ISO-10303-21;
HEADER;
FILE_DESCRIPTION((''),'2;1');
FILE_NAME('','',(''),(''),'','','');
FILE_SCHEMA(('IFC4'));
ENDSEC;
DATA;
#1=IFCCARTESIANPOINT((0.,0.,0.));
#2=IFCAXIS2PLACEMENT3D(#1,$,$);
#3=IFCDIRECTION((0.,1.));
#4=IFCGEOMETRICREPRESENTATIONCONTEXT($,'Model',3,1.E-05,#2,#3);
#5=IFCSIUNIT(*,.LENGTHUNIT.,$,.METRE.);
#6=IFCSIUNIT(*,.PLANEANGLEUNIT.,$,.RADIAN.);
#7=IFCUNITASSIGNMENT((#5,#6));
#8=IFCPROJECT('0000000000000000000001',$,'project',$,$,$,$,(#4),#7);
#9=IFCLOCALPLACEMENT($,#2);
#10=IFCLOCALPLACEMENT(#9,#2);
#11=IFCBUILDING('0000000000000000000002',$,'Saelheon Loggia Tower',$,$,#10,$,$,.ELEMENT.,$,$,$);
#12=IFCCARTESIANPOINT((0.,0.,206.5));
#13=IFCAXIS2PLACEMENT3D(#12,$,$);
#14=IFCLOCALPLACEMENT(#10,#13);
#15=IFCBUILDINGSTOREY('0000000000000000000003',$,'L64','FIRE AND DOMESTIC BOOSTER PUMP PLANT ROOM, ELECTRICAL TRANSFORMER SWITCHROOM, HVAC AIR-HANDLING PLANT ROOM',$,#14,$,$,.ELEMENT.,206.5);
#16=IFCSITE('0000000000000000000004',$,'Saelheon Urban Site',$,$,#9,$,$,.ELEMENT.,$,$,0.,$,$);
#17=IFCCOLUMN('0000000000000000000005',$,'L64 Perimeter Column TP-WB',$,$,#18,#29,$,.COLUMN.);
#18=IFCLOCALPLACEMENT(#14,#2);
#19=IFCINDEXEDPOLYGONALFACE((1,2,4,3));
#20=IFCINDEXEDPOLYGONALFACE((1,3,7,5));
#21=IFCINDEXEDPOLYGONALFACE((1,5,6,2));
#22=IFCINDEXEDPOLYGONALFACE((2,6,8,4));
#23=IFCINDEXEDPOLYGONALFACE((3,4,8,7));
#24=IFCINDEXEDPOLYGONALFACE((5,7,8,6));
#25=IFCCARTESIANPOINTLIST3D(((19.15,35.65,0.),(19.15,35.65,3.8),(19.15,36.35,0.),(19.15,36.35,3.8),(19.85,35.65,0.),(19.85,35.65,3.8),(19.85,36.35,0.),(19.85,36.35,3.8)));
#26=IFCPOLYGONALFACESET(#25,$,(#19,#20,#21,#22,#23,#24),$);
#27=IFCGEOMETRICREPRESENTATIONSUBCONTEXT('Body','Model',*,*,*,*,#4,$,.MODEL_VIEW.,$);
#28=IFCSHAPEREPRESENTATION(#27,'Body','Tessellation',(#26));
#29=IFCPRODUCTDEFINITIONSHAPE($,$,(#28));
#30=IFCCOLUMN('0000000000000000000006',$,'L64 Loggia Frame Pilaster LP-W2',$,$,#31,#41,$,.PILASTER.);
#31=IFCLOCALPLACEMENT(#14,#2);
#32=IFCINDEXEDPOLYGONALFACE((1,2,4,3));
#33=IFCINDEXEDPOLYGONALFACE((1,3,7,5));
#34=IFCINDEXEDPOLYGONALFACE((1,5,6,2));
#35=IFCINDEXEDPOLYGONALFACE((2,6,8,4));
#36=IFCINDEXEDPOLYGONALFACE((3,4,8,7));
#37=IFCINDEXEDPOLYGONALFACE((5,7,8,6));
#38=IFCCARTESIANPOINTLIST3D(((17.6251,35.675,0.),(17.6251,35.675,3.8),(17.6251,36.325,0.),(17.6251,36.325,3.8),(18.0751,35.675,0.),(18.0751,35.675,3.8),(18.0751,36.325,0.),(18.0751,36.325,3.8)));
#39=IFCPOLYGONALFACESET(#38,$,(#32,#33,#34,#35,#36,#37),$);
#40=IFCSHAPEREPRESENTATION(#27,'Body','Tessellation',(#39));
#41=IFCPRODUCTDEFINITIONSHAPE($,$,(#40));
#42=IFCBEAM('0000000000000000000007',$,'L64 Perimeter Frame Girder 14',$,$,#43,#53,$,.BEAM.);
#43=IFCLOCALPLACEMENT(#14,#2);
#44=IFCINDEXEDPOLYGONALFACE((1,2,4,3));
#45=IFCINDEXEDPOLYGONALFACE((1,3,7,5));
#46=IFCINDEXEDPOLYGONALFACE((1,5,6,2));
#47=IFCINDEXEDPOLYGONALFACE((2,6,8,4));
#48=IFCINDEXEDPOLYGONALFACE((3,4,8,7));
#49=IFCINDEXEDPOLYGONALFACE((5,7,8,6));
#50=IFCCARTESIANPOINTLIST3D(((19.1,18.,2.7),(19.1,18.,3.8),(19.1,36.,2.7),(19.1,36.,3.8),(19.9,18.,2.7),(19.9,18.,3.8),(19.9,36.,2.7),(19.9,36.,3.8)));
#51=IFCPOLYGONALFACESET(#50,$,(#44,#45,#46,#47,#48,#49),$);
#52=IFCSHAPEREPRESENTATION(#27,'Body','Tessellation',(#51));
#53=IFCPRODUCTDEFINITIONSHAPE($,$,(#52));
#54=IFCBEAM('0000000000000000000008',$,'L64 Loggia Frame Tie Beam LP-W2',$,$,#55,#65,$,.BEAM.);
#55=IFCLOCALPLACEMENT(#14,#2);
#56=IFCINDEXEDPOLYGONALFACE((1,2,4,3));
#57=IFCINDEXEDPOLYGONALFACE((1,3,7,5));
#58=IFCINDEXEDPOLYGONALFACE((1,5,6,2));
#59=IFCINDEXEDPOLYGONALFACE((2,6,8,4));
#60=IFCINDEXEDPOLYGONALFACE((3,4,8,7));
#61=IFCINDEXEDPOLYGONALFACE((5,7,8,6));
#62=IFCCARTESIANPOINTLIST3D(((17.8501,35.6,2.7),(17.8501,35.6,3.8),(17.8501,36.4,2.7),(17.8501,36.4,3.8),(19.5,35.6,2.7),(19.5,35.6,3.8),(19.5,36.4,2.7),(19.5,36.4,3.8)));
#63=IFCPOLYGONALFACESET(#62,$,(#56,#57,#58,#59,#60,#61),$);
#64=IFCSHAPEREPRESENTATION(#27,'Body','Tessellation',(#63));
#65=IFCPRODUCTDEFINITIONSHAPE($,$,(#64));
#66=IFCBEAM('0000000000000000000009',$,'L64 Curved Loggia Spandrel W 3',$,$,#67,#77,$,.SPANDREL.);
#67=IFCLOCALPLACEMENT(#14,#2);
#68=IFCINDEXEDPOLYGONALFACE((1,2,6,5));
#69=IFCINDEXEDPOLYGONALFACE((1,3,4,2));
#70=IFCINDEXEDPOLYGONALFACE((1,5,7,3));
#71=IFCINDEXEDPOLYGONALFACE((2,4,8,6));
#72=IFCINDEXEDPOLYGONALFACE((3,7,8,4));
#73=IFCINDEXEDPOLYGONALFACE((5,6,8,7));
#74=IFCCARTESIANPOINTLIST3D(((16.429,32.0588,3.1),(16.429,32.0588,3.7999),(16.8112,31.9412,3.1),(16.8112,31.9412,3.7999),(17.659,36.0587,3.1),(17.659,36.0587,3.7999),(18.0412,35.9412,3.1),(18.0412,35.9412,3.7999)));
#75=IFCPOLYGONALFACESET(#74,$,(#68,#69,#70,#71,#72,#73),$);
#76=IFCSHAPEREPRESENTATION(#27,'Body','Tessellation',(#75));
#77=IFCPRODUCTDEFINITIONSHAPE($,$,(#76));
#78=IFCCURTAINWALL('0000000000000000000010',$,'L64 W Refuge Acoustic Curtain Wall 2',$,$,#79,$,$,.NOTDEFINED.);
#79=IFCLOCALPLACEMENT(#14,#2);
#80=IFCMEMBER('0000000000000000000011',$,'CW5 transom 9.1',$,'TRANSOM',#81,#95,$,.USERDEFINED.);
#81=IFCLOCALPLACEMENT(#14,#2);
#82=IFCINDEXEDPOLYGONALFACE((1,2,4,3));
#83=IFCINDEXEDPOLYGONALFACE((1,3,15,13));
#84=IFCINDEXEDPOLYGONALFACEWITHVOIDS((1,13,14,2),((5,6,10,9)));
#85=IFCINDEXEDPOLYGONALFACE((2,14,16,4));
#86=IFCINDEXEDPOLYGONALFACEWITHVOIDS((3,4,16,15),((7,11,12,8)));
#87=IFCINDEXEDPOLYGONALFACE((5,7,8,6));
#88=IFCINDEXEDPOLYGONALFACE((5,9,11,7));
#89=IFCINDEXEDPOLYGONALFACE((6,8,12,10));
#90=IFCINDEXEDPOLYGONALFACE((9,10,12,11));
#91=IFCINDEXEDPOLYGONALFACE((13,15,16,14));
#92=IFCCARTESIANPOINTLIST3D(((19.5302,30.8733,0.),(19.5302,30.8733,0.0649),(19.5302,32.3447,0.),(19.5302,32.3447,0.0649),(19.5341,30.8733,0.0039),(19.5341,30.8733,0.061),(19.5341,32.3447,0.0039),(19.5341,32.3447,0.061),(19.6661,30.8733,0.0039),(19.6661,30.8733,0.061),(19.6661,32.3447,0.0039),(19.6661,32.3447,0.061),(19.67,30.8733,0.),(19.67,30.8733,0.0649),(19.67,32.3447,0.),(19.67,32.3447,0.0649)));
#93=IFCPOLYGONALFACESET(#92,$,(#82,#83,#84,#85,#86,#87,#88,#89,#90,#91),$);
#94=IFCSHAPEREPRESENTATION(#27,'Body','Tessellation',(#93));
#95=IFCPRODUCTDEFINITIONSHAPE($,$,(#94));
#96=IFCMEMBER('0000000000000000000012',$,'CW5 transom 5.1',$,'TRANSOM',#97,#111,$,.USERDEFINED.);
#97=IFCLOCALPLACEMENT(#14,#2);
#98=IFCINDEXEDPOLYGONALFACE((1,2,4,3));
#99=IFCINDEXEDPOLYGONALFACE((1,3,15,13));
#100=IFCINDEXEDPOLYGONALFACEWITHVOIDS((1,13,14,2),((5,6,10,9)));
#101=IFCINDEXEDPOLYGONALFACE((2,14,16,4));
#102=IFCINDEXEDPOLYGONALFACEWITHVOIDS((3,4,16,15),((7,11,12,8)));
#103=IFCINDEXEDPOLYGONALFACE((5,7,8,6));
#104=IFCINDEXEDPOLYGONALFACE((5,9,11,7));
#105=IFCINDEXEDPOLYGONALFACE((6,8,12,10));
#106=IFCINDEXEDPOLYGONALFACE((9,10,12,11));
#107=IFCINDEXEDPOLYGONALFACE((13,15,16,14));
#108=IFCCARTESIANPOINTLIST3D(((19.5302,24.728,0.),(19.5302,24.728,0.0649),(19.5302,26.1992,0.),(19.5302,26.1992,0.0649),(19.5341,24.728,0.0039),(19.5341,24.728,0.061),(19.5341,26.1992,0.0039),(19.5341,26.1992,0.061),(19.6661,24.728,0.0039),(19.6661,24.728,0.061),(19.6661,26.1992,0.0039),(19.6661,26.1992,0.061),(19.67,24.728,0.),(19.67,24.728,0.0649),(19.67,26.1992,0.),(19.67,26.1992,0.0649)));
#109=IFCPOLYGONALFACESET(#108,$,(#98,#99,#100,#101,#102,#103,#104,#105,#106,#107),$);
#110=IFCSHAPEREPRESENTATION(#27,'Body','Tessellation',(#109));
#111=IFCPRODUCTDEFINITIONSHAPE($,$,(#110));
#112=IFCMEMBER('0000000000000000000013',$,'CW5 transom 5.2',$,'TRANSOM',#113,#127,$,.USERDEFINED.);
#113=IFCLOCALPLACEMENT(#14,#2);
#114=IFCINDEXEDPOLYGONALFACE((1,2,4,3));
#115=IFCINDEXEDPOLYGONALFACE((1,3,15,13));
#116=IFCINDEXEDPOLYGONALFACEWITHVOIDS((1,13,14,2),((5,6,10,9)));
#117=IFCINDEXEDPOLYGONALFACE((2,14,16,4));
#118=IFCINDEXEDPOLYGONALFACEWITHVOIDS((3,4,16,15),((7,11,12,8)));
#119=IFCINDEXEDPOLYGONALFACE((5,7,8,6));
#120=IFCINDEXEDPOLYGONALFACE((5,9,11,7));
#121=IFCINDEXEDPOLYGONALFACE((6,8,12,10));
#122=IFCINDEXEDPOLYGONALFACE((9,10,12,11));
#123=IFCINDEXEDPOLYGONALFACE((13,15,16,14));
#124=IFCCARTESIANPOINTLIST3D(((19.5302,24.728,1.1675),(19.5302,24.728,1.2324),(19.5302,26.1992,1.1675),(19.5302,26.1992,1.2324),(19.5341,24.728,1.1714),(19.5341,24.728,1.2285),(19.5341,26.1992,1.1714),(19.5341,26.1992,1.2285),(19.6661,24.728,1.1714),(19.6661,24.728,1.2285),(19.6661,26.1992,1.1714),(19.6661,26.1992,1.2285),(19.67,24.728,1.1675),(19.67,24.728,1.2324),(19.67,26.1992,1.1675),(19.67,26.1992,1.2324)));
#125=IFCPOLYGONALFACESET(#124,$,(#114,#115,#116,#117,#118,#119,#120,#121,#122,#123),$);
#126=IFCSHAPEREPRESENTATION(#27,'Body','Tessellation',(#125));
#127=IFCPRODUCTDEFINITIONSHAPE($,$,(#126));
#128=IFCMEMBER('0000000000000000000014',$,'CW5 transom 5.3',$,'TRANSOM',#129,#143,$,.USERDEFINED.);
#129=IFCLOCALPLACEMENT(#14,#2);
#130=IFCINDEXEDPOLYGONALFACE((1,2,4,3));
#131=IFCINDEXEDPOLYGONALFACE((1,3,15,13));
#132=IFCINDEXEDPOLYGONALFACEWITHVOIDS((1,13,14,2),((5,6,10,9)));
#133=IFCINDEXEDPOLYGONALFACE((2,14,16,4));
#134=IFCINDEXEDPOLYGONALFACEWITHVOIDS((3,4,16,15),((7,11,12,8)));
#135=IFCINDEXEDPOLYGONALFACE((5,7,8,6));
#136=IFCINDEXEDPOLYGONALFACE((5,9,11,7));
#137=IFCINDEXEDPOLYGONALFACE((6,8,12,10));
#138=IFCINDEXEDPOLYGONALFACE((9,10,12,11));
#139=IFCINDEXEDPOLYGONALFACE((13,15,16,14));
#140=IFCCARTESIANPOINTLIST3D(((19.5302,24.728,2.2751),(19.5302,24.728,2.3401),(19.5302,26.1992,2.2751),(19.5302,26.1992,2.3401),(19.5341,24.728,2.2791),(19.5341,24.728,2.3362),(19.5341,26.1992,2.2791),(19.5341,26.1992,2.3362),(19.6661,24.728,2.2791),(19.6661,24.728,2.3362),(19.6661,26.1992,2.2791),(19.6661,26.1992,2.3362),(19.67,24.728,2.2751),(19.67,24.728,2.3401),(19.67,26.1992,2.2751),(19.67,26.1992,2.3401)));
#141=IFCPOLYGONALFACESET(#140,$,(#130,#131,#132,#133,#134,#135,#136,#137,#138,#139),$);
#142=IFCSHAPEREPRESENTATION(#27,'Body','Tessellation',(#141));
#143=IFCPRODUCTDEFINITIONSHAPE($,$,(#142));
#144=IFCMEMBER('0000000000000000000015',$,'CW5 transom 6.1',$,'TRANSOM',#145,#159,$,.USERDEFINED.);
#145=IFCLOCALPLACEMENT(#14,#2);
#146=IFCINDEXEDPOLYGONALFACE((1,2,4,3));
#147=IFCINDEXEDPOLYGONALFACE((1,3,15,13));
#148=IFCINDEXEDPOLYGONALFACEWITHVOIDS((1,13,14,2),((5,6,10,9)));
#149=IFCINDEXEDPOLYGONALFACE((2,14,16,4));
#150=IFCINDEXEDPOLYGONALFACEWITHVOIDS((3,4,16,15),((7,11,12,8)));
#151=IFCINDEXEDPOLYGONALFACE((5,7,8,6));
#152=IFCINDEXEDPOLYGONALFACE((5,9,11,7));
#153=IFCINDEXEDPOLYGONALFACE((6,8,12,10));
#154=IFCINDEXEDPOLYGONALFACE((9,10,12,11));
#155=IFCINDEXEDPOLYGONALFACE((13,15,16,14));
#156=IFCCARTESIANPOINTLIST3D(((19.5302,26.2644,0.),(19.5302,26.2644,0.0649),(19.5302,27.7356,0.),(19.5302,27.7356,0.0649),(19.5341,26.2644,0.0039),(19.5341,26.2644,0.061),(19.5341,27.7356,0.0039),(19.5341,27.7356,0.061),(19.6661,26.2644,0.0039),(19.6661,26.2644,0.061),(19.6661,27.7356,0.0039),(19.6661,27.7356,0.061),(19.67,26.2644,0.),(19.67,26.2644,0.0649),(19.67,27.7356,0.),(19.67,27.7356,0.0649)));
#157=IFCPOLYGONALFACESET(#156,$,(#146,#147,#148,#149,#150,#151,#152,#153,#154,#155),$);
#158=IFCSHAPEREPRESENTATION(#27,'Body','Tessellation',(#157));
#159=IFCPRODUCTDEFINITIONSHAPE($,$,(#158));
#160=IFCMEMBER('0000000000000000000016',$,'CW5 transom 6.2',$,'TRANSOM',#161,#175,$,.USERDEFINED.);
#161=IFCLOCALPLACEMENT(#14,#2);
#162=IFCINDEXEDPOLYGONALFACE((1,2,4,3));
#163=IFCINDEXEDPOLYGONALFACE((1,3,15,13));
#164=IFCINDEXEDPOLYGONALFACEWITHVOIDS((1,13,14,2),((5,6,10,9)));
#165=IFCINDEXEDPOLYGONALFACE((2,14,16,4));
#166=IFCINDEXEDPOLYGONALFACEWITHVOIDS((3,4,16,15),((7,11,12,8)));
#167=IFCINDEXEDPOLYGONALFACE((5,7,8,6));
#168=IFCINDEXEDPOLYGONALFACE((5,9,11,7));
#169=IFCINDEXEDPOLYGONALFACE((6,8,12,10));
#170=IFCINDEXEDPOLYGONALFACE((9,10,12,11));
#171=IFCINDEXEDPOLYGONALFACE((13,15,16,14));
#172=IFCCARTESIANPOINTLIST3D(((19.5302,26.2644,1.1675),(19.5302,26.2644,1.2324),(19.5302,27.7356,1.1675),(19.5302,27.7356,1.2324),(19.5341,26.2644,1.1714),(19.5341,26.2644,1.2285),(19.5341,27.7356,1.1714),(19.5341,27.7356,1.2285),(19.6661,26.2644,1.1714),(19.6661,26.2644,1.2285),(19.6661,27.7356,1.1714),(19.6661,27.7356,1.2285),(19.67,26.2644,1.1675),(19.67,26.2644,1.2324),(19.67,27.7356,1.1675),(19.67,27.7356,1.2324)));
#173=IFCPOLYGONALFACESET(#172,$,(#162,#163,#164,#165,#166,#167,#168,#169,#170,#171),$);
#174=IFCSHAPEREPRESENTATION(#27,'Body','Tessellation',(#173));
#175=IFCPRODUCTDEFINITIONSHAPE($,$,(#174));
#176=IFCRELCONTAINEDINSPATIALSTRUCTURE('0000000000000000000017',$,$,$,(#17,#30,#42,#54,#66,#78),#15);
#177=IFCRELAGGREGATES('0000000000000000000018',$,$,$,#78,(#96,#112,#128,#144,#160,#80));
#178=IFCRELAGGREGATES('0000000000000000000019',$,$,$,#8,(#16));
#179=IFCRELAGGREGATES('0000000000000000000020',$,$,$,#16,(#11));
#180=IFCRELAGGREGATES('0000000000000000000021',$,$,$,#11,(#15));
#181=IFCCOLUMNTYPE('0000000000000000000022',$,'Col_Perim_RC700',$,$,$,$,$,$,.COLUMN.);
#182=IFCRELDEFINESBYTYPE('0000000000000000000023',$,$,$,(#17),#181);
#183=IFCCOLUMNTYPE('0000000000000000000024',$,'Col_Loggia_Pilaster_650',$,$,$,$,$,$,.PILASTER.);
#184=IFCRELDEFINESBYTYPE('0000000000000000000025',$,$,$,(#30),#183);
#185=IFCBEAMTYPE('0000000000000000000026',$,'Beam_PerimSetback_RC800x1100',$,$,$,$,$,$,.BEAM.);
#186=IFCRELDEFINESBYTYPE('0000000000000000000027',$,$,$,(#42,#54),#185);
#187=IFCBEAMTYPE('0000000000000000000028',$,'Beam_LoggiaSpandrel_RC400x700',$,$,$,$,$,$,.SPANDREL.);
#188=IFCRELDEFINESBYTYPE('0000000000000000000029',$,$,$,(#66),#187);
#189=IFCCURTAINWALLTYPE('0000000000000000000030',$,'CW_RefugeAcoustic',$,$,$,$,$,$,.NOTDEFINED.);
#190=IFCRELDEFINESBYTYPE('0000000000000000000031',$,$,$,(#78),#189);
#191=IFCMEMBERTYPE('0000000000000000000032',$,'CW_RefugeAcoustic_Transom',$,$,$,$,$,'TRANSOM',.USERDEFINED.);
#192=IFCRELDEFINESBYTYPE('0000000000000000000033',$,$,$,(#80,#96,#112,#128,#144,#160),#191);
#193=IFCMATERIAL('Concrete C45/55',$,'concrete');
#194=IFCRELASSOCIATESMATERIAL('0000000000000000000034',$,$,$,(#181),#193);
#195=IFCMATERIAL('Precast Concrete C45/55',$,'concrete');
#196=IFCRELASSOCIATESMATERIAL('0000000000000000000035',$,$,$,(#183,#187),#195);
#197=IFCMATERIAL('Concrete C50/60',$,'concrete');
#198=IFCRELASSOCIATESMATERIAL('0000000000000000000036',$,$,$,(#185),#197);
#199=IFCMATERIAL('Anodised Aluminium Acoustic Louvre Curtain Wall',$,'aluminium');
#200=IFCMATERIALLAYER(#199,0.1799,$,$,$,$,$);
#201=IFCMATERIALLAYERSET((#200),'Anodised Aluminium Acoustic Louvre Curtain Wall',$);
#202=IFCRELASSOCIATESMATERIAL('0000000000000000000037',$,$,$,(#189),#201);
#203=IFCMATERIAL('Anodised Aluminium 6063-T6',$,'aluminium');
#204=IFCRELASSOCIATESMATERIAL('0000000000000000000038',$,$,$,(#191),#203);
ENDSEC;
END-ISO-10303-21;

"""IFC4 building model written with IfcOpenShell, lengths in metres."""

from ifc_helpers import new_model, si_unit, direction, frame, origin, origin_2d, place, context, subcontext, project, spatial, rectangle, hollow_rectangle, extrude, source, transform, mapped, material, layer, layer_set, material_profile, profile_set, type_object, element, aggregate, save


model = new_model("IFC4")

# Units and contexts
model_context = context("Model", 3, precision=1e-05, world=origin(), true_north=direction((0.0, 1.0)))
body_context = subcontext(model_context, "Body", "Model", "MODEL_VIEW")
ifc_project = project(units=[si_unit("LENGTHUNIT", "METRE"), si_unit("PLANEANGLEUNIT", "RADIAN")], contexts=[model_context])

# Site, building, storey
site_placement = place(None, origin())
site = spatial("IfcSite", under=ifc_project, at=site_placement, Name="Saelheon Urban Site", CompositionType="ELEMENT", RefElevation=0.0)
building_placement = place(site_placement, origin())
building = spatial("IfcBuilding", under=site, at=building_placement, Name="Saelheon Loggia Tower", CompositionType="ELEMENT")
storey_placement = place(building_placement, frame((0.0, 0.0, 206.5)))
storey = spatial("IfcBuildingStorey", under=building, at=storey_placement, Name="L64", Description="FIRE AND DOMESTIC BOOSTER PUMP PLANT ROOM, ELECTRICAL TRANSFORMER SWITCHROOM, HVAC AIR-HANDLING PLANT ROOM", CompositionType="ELEMENT", Elevation=206.5)

# Columns
ifc_material_1 = material(Name="Concrete C45/55", Category="concrete")
ifc_material_profile_1 = material_profile(ifc_material_1, rectangle(XDim=0.7, YDim=0.7, at=origin_2d()), Name="RC-700x700")
ifc_profile_set_1 = profile_set([ifc_material_profile_1], Name="Concrete C45/55")
column_type_1 = type_object("IfcColumnType", Name="Col_Perim_RC700", PredefinedType="COLUMN", material=ifc_profile_set_1)
shared_shape_1 = source(origin(), body_context, "Body", "SweptSolid", [
    extrude(rectangle(XDim=0.7, YDim=0.7, at=origin_2d()), origin(), (0.0, 0.0, 1.0), 3.8),
])
column_1_placement = place(storey_placement, frame((19.5, 36.0, 0.0), z_axis=(0.0, 0.0, 1.0), x_axis=(1.0, 0.0, 0.0)))
element("IfcColumn", 1, at=column_1_placement, inside=storey, type_object=column_type_1, Name="L64 Perimeter Column TP-WB", PredefinedType="COLUMN", context=body_context, shape_type="MappedRepresentation", body=[
    mapped(shared_shape_1, transform((0.0, 0.0, 0.0), scale=1.0)),
])
ifc_material_2 = material(Name="Precast Concrete C45/55", Category="concrete")
ifc_material_profile_2 = material_profile(ifc_material_2, rectangle(XDim=0.45, YDim=0.6499, at=origin_2d()), Name="RC-450x650")
ifc_profile_set_2 = profile_set([ifc_material_profile_2], Name="Precast Concrete C45/55")
column_type_2 = type_object("IfcColumnType", Name="Col_Loggia_Pilaster_650", PredefinedType="PILASTER", material=ifc_profile_set_2)
shared_shape_2 = source(origin(), body_context, "Body", "SweptSolid", [
    extrude(rectangle(XDim=0.45, YDim=0.6499, at=origin_2d()), origin(), (0.0, 0.0, 1.0), 3.8),
])
column_2_placement = place(storey_placement, frame((17.8501, 36.0, 0.0), z_axis=(0.0, 0.0, 1.0), x_axis=(1.0, 0.0, 0.0)))
element("IfcColumn", 2, at=column_2_placement, inside=storey, type_object=column_type_2, Name="L64 Loggia Frame Pilaster LP-W2", PredefinedType="PILASTER", context=body_context, shape_type="MappedRepresentation", body=[
    mapped(shared_shape_2, transform((0.0, 0.0, 0.0), scale=1.0)),
])

# Beams
ifc_material_3 = material(Name="Concrete C50/60", Category="concrete")
ifc_material_profile_3 = material_profile(ifc_material_3, rectangle(XDim=0.8, YDim=1.1001, at=origin_2d()), Name="RC-800x1100")
ifc_profile_set_3 = profile_set([ifc_material_profile_3], Name="Concrete C50/60")
beam_type_1 = type_object("IfcBeamType", Name="Beam_PerimSetback_RC800x1100", PredefinedType="BEAM", material=ifc_profile_set_3)
shared_shape_3 = source(origin(), body_context, "Body", "SweptSolid", [
    extrude(rectangle(XDim=0.8, YDim=1.1001, at=origin_2d()), origin(), (0.0, 0.0, 1.0), 18.0),
])
beam_1_placement = place(storey_placement, frame((19.5, 36.0, 3.25), z_axis=(0.0, -1.0, 0.0), x_axis=(1.0, 0.0, 0.0)))
element("IfcBeam", 3, at=beam_1_placement, inside=storey, type_object=beam_type_1, Name="L64 Perimeter Frame Girder 14", PredefinedType="BEAM", context=body_context, shape_type="MappedRepresentation", body=[
    mapped(shared_shape_3, transform((0.0, 0.0, 0.0), scale=1.0)),
])
shared_shape_4 = source(origin(), body_context, "Body", "SweptSolid", [
    extrude(rectangle(XDim=0.8, YDim=1.1001, at=origin_2d()), origin(), (0.0, 0.0, 1.0), 1.6499),
])
beam_2_placement = place(storey_placement, frame((19.5, 36.0, 3.25), z_axis=(-1.0, 0.0, 0.0), x_axis=(0.0, -1.0, 0.0)))
element("IfcBeam", 4, at=beam_2_placement, inside=storey, type_object=beam_type_1, Name="L64 Loggia Frame Tie Beam LP-W2", PredefinedType="BEAM", context=body_context, shape_type="MappedRepresentation", body=[
    mapped(shared_shape_4, transform((0.0, 0.0, 0.0), scale=1.0)),
])
ifc_material_profile_4 = material_profile(ifc_material_2, rectangle(XDim=0.3999, YDim=0.7, at=origin_2d()), Name="RC-400x700")
ifc_profile_set_4 = profile_set([ifc_material_profile_4], Name="Precast Concrete C45/55")
beam_type_2 = type_object("IfcBeamType", Name="Beam_LoggiaSpandrel_RC400x700", PredefinedType="SPANDREL", material=ifc_profile_set_4)
shared_shape_5 = source(origin(), body_context, "Body", "SweptSolid", [
    extrude(rectangle(XDim=0.3999, YDim=0.7, at=origin_2d()), origin(), (0.0, 0.0, 1.0), 4.1848),
])
beam_3_placement = place(storey_placement, frame((16.6201, 32.0, 3.45), z_axis=(0.293914, 0.955832, 0.0), x_axis=(-0.955832, 0.293914, 0.0)))
element("IfcBeam", 5, at=beam_3_placement, inside=storey, type_object=beam_type_2, Name="L64 Curved Loggia Spandrel W 3", PredefinedType="SPANDREL", context=body_context, shape_type="MappedRepresentation", body=[
    mapped(shared_shape_5, transform((0.0, 0.0, 0.0), scale=1.0)),
])

# Curtain wall, members
ifc_material_4 = material(Name="Anodised Aluminium Acoustic Louvre Curtain Wall", Category="aluminium")
ifc_layer_1 = layer(ifc_material_4, 0.1799)
ifc_layer_set_1 = layer_set([ifc_layer_1], Name="Anodised Aluminium Acoustic Louvre Curtain Wall")
curtain_wall_type = type_object("IfcCurtainWallType", Name="CW_RefugeAcoustic", PredefinedType="NOTDEFINED", material=ifc_layer_set_1)
curtain_wall_placement = place(storey_placement, origin())
curtain_wall = element("IfcCurtainWall", 6, at=curtain_wall_placement, inside=storey, type_object=curtain_wall_type, Name="L64 W Refuge Acoustic Curtain Wall 2", PredefinedType="NOTDEFINED")
ifc_material_5 = material(Name="Anodised Aluminium 6063-T6", Category="aluminium")
ifc_material_profile_5 = material_profile(ifc_material_5, hollow_rectangle(XDim=0.0649, YDim=0.1399, WallThickness=0.0039, at=origin_2d()), Name="RHS-140x65x4")
ifc_profile_set_5 = profile_set([ifc_material_profile_5], Name="Anodised Aluminium 6063-T6")
member_type_1 = type_object("IfcMemberType", Name="CW_RefugeAcoustic_Transom", ElementType="TRANSOM", PredefinedType="USERDEFINED", material=ifc_profile_set_5)
shared_shape_6 = source(origin(), body_context, "Body", "SweptSolid", [
    extrude(hollow_rectangle(XDim=0.0649, YDim=0.1399, WallThickness=0.0039, at=origin_2d()), origin(), (0.0, 0.0, 1.0), 1.4714),
])
member_1_placement = place(storey_placement, frame((19.6001, 30.8733, 0.0325), z_axis=(0.0, 1.0, 0.0), x_axis=(0.0, 0.0, 1.0)))
member_1 = element("IfcMember", 7, at=member_1_placement, type_object=member_type_1, Name="CW5 transom 9.1", ObjectType="TRANSOM", PredefinedType="USERDEFINED", context=body_context, shape_type="MappedRepresentation", body=[
    mapped(shared_shape_6, transform((0.0, 0.0, 0.0), scale=1.0)),
])
shared_shape_7 = source(origin(), body_context, "Body", "SweptSolid", [
    extrude(hollow_rectangle(XDim=0.0649, YDim=0.1399, WallThickness=0.0039, at=origin_2d()), origin(), (0.0, 0.0, 1.0), 1.4712),
])
member_2_placement = place(storey_placement, frame((19.6001, 24.728, 0.0325), z_axis=(0.0, 1.0, 0.0), x_axis=(0.0, 0.0, 1.0)))
member_2 = element("IfcMember", 8, at=member_2_placement, type_object=member_type_1, Name="CW5 transom 5.1", ObjectType="TRANSOM", PredefinedType="USERDEFINED", context=body_context, shape_type="MappedRepresentation", body=[
    mapped(shared_shape_7, transform((0.0, 0.0, 0.0), scale=1.0)),
])
member_3_placement = place(storey_placement, frame((19.6001, 24.728, 1.2), z_axis=(0.0, 1.0, 0.0), x_axis=(0.0, 0.0, 1.0)))
member_3 = element("IfcMember", 9, at=member_3_placement, type_object=member_type_1, Name="CW5 transom 5.2", ObjectType="TRANSOM", PredefinedType="USERDEFINED", context=body_context, shape_type="MappedRepresentation", body=[
    mapped(shared_shape_7, transform((0.0, 0.0, 0.0), scale=1.0)),
])
member_4_placement = place(storey_placement, frame((19.6001, 24.728, 2.3076), z_axis=(0.0, 1.0, 0.0), x_axis=(0.0, 0.0, 1.0)))
member_4 = element("IfcMember", 10, at=member_4_placement, type_object=member_type_1, Name="CW5 transom 5.3", ObjectType="TRANSOM", PredefinedType="USERDEFINED", context=body_context, shape_type="MappedRepresentation", body=[
    mapped(shared_shape_7, transform((0.0, 0.0, 0.0), scale=1.0)),
])
member_5_placement = place(storey_placement, frame((19.6001, 26.2644, 0.0325), z_axis=(0.0, 1.0, 0.0), x_axis=(0.0, 0.0, 1.0)))
member_5 = element("IfcMember", 11, at=member_5_placement, type_object=member_type_1, Name="CW5 transom 6.1", ObjectType="TRANSOM", PredefinedType="USERDEFINED", context=body_context, shape_type="MappedRepresentation", body=[
    mapped(shared_shape_7, transform((0.0, 0.0, 0.0), scale=1.0)),
])
member_6_placement = place(storey_placement, frame((19.6001, 26.2644, 1.2), z_axis=(0.0, 1.0, 0.0), x_axis=(0.0, 0.0, 1.0)))
member_6 = element("IfcMember", 12, at=member_6_placement, type_object=member_type_1, Name="CW5 transom 6.2", ObjectType="TRANSOM", PredefinedType="USERDEFINED", context=body_context, shape_type="MappedRepresentation", body=[
    mapped(shared_shape_7, transform((0.0, 0.0, 0.0), scale=1.0)),
])
aggregate(curtain_wall, [member_2, member_3, member_4, member_5, member_6, member_1])

save(model, "model.ifc")
